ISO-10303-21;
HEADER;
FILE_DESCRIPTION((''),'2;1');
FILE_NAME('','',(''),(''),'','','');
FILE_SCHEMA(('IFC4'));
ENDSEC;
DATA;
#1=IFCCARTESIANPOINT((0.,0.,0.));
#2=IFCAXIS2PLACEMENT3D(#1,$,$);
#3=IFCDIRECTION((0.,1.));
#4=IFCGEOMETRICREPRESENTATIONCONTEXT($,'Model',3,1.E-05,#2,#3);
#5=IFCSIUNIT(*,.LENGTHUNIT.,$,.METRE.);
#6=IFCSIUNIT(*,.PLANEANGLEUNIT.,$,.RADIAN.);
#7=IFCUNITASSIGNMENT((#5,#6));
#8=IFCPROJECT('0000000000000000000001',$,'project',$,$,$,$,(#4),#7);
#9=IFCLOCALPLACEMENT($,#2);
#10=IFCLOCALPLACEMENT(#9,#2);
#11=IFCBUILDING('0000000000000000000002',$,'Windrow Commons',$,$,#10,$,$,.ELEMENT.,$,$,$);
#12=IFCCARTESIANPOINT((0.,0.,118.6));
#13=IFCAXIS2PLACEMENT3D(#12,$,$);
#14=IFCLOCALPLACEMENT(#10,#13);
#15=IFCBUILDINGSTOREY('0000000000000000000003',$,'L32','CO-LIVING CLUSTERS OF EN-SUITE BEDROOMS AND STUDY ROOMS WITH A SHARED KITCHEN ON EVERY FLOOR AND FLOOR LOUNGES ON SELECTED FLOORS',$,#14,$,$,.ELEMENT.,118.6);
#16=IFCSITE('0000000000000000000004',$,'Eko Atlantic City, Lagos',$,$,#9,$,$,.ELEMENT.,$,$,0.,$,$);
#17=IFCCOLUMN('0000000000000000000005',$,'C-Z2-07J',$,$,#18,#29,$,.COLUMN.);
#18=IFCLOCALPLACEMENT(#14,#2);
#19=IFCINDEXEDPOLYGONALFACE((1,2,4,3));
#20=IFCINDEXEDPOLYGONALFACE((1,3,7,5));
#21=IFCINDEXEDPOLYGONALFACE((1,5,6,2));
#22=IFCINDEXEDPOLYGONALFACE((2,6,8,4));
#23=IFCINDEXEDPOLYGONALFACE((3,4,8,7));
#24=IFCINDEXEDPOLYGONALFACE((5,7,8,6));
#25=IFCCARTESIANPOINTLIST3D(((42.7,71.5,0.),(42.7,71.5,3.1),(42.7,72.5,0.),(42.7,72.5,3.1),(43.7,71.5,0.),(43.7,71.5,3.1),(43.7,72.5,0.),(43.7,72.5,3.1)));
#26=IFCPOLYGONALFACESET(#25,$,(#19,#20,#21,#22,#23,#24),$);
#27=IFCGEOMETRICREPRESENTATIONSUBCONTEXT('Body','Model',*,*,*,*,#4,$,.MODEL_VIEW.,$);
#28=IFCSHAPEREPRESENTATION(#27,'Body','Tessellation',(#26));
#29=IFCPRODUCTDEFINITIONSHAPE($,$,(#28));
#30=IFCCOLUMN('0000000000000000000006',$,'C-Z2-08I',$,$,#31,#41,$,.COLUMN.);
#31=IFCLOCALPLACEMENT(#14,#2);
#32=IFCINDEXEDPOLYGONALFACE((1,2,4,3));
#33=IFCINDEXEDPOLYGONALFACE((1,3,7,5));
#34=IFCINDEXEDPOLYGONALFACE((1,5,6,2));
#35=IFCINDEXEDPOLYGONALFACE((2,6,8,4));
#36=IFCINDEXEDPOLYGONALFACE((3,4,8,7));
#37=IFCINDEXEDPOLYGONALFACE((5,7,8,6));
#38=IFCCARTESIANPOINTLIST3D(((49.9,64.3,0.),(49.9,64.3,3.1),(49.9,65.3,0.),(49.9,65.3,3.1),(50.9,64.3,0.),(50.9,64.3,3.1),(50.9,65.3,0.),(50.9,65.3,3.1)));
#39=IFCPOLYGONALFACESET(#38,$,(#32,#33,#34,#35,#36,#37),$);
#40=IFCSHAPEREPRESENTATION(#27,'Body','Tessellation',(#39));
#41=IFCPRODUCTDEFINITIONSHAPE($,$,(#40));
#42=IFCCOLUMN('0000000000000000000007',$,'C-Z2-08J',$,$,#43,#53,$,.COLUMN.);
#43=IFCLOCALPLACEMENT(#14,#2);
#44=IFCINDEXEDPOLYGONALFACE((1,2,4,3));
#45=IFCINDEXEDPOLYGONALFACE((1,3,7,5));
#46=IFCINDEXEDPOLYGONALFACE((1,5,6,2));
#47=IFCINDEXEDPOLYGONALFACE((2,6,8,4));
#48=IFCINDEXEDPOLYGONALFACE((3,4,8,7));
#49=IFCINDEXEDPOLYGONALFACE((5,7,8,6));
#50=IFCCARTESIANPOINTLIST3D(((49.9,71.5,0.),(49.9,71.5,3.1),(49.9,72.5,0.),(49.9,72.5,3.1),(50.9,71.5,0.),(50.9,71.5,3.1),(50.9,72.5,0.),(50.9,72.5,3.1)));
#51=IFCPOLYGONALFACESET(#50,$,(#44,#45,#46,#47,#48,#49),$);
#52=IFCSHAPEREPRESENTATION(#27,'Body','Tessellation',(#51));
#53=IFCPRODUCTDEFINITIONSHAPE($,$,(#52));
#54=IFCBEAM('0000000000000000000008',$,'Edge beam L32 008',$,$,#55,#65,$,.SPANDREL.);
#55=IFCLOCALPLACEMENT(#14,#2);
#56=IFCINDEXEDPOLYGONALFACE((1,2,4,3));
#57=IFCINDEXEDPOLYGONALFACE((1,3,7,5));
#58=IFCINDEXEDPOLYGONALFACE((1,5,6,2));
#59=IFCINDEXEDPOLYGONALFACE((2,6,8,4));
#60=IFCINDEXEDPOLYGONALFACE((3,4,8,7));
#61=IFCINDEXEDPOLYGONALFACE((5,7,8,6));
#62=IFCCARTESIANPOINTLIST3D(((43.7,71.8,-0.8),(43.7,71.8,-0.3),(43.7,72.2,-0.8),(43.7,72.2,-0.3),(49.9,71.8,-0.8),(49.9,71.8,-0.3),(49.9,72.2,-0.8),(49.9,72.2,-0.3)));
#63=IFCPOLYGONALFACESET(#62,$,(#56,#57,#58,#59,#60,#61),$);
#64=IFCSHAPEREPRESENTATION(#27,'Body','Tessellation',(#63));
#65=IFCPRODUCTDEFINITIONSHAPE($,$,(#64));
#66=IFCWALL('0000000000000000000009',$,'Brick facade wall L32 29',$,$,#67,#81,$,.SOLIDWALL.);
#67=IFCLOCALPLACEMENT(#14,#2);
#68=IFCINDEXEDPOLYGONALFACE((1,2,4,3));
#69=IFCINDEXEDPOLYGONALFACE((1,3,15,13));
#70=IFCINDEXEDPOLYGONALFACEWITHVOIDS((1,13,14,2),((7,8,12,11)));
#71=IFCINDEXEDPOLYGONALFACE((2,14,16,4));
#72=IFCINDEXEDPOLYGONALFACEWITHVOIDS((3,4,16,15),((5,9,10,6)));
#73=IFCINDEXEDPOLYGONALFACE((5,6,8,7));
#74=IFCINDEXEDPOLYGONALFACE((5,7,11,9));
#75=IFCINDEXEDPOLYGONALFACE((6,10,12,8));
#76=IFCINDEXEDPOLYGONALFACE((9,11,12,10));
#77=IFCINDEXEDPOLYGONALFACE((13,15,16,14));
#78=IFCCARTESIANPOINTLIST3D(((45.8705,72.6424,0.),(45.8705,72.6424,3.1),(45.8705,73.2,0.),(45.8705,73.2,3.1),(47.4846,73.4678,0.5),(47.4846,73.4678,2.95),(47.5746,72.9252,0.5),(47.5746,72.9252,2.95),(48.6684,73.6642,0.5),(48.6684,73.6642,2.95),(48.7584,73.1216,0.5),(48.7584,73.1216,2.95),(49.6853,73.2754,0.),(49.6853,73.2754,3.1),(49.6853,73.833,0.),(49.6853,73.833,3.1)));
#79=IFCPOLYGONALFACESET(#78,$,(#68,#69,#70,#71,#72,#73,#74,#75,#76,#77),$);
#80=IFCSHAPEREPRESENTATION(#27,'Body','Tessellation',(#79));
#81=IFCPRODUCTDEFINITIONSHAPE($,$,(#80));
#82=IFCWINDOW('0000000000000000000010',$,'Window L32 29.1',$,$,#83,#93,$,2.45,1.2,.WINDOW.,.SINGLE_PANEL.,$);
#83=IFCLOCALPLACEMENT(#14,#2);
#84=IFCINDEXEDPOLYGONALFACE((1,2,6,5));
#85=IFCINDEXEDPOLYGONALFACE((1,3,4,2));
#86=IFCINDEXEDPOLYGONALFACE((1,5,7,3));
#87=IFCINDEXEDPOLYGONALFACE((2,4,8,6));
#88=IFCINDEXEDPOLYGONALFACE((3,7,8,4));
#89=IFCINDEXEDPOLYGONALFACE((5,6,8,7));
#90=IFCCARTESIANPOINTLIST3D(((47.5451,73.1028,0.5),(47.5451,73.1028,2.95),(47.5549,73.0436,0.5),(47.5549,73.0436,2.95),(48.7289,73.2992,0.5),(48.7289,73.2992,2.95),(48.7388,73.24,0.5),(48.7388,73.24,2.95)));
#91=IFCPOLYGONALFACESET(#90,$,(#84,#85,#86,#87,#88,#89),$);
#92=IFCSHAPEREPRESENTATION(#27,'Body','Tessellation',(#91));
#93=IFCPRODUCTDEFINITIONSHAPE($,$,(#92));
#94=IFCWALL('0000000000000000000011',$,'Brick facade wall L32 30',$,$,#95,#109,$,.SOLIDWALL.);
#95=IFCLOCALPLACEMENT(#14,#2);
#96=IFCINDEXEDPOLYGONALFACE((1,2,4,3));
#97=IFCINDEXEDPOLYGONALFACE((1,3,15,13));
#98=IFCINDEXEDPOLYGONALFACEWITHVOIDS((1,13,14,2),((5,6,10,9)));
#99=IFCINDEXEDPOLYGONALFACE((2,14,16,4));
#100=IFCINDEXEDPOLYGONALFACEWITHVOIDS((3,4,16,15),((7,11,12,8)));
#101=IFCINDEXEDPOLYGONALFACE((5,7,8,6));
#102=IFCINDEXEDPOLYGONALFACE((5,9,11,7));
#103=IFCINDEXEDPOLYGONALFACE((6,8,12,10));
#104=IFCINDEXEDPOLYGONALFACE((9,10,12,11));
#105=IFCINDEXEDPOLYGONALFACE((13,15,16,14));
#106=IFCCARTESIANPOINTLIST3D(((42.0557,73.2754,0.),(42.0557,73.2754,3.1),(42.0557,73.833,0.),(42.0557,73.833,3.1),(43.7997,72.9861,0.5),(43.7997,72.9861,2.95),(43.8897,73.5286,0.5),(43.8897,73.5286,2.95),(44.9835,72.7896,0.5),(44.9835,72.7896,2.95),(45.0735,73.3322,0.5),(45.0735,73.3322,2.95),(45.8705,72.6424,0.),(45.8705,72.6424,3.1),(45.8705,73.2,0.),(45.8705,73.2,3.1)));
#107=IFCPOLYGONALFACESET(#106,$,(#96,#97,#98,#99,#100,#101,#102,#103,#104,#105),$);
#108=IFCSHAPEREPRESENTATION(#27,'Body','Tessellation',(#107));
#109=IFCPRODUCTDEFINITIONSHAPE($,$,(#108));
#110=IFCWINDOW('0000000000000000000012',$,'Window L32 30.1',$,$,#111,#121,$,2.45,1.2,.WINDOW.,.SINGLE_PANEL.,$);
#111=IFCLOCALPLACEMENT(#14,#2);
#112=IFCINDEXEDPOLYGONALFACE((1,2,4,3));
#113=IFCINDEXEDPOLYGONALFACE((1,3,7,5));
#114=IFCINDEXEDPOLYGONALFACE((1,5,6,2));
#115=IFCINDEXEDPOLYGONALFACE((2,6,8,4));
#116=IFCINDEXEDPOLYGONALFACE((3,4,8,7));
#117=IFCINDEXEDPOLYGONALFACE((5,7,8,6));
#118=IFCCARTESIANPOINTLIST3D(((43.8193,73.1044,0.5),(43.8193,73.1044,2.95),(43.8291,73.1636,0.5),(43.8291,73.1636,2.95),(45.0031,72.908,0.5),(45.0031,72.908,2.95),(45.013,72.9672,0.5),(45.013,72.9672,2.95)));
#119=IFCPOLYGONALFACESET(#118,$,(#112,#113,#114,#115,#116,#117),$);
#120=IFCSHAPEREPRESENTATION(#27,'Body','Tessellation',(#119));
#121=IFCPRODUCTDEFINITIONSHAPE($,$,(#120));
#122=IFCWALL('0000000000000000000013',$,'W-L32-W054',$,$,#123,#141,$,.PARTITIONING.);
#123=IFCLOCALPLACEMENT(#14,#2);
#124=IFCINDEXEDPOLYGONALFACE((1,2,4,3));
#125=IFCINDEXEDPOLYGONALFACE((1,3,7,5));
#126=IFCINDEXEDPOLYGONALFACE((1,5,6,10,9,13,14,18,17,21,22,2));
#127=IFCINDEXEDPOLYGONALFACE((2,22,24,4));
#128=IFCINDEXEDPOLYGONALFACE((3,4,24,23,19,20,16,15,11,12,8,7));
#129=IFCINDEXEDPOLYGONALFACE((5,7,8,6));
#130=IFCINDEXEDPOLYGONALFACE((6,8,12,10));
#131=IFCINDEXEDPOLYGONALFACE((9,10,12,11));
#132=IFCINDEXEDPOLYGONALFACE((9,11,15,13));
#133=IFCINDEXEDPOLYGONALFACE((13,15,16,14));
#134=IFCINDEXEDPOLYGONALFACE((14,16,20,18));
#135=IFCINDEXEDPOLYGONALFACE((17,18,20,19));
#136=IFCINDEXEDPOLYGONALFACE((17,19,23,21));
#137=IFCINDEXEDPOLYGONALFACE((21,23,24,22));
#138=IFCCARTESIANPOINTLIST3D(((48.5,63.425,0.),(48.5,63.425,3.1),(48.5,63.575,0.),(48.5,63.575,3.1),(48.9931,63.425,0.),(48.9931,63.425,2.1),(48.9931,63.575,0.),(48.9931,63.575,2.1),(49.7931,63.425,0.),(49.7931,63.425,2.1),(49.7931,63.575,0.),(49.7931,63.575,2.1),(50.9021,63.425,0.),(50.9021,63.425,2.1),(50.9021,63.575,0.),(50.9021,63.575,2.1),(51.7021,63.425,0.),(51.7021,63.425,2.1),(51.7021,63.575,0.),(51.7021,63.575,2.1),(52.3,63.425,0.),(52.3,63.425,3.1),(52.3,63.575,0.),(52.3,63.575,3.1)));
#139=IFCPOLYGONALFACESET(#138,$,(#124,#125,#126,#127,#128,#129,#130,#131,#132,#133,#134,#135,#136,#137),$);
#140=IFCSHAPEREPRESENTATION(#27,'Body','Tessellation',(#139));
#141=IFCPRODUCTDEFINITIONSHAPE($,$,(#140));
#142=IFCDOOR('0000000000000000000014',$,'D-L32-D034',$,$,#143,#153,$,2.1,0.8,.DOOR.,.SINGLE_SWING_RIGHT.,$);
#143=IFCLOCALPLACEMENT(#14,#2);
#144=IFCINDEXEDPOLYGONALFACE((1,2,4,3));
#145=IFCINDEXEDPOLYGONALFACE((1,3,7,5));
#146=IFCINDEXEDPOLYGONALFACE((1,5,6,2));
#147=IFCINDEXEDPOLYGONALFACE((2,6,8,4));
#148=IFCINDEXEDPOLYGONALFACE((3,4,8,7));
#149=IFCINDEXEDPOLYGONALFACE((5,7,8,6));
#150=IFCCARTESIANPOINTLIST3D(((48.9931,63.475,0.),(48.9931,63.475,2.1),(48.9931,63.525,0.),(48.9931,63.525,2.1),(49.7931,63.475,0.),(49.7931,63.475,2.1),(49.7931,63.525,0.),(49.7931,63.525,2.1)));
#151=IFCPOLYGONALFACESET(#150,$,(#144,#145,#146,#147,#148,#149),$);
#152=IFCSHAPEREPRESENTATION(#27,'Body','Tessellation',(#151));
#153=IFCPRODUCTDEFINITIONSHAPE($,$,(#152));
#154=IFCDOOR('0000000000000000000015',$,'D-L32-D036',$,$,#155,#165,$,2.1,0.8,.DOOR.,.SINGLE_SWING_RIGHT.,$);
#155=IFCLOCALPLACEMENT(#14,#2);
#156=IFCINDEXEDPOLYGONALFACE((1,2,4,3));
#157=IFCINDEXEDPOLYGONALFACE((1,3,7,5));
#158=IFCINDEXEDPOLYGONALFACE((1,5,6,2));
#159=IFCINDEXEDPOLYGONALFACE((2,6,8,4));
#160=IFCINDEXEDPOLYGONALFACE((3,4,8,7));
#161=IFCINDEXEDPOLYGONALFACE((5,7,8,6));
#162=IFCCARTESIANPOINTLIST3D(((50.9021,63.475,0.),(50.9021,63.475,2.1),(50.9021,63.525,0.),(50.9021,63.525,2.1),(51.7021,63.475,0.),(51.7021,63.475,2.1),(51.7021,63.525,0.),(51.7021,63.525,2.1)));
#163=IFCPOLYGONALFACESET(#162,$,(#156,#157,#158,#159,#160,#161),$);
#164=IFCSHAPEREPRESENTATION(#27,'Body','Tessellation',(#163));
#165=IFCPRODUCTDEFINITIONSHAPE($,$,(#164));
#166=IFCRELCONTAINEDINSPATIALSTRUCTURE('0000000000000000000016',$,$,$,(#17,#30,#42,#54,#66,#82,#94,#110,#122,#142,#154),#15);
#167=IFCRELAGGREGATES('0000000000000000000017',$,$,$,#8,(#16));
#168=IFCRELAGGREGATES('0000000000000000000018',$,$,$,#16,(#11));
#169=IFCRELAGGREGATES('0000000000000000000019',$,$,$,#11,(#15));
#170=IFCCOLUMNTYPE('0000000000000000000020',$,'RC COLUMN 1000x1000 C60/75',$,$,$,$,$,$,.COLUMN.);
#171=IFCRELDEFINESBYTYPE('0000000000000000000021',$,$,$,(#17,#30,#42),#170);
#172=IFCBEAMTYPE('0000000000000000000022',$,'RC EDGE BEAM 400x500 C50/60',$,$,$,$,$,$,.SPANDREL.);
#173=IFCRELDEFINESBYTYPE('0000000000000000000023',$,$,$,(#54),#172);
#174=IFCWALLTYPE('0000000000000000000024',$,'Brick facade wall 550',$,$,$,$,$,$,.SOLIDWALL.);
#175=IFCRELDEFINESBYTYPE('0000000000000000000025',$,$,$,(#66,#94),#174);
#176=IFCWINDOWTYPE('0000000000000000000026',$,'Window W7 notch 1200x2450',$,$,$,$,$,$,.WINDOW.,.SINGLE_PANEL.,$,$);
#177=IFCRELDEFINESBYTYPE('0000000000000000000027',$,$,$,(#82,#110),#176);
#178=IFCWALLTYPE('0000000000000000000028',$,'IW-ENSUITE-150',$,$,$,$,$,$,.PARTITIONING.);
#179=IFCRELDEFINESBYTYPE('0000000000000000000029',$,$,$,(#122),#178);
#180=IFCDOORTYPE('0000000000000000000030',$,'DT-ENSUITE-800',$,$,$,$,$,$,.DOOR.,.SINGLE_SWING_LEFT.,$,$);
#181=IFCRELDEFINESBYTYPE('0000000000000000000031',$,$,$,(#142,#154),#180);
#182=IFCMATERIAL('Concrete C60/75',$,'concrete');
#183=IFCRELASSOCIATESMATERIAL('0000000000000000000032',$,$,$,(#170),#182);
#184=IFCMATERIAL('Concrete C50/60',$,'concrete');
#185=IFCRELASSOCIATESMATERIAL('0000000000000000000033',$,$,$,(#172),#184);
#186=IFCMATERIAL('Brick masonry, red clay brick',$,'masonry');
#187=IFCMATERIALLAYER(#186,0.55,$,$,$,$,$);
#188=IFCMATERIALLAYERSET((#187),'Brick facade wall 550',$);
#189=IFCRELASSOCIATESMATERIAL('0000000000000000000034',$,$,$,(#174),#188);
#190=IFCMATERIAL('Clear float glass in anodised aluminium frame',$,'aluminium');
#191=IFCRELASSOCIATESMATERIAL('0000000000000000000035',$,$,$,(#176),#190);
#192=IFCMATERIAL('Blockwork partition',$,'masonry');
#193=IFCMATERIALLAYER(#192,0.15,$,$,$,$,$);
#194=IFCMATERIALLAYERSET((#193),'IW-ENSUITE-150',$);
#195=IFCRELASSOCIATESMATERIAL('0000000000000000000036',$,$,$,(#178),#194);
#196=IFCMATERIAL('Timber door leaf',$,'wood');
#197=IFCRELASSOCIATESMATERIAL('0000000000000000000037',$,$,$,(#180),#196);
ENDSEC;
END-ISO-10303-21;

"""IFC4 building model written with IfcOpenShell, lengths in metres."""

from ifc_helpers import new_model, si_unit, direction, frame, frame_2d, origin, origin_2d, place, context, subcontext, project, spatial, polyline, rectangle, outline, extrude, material, layer, layer_set, material_profile, profile_set, type_object, element, fill, save


model = new_model("IFC4")

# Units and contexts
model_context = context("Model", 3, precision=1e-05, world=origin(), true_north=direction((0.0, 1.0)))
body_context = subcontext(model_context, "Body", "Model", "MODEL_VIEW")
ifc_project = project(units=[si_unit("LENGTHUNIT", "METRE"), si_unit("PLANEANGLEUNIT", "RADIAN")], contexts=[model_context])

# Site, building, storey
site_placement = place(None, origin())
site = spatial("IfcSite", under=ifc_project, at=site_placement, Name="Eko Atlantic City, Lagos", CompositionType="ELEMENT", RefElevation=0.0)
building_placement = place(site_placement, origin())
building = spatial("IfcBuilding", under=site, at=building_placement, Name="Windrow Commons", CompositionType="ELEMENT")
storey_placement = place(building_placement, frame((0.0, 0.0, 118.6)))
storey = spatial("IfcBuildingStorey", under=building, at=storey_placement, Name="L32", Description="CO-LIVING CLUSTERS OF EN-SUITE BEDROOMS AND STUDY ROOMS WITH A SHARED KITCHEN ON EVERY FLOOR AND FLOOR LOUNGES ON SELECTED FLOORS", CompositionType="ELEMENT", Elevation=118.6)

# Columns
ifc_material_1 = material(Name="Concrete C60/75", Category="concrete")
ifc_material_profile_1 = material_profile(ifc_material_1, rectangle(XDim=1.0, YDim=1.0, at=origin_2d()))
ifc_profile_set_1 = profile_set([ifc_material_profile_1], Name="Concrete C60/75")
column_type = type_object("IfcColumnType", Name="RC COLUMN 1000x1000 C60/75", PredefinedType="COLUMN", material=ifc_profile_set_1)
for number, where, z_axis, x_axis, name in (
    (1, (43.2, 72.0, 0.0), (0.0, 0.0, 1.0), (1.0, 0.0, 0.0), "C-Z2-07J"),
    (2, (50.4, 64.8, 0.0), (0.0, 0.0, 1.0), (1.0, 0.0, 0.0), "C-Z2-08I"),
    (3, (50.4, 72.0, 0.0), (0.0, 0.0, 1.0), (1.0, 0.0, 0.0), "C-Z2-08J"),
):
    element("IfcColumn", number, at=place(storey_placement, frame(where, z_axis=z_axis, x_axis=x_axis)), inside=storey, type_object=column_type, Name=name, PredefinedType="COLUMN", context=body_context, shape_type="SweptSolid", body=[
        extrude(rectangle(XDim=1.0, YDim=1.0, at=origin_2d()), origin(), (0.0, 0.0, 1.0), 3.1),
    ])

# Beam
ifc_material_2 = material(Name="Concrete C50/60", Category="concrete")
ifc_material_profile_2 = material_profile(ifc_material_2, rectangle(XDim=0.4, YDim=0.5, at=origin_2d()))
ifc_profile_set_2 = profile_set([ifc_material_profile_2], Name="Concrete C50/60")
beam_type = type_object("IfcBeamType", Name="RC EDGE BEAM 400x500 C50/60", PredefinedType="SPANDREL", material=ifc_profile_set_2)
beam_placement = place(storey_placement, frame((43.7, 72.0, -0.55), z_axis=(1.0, 0.0, 0.0), x_axis=(0.0, 1.0, 0.0)))
element("IfcBeam", 4, at=beam_placement, inside=storey, type_object=beam_type, Name="Edge beam L32 008", PredefinedType="SPANDREL", context=body_context, shape_type="SweptSolid", body=[
    extrude(rectangle(XDim=0.4, YDim=0.5, at=origin_2d()), origin(), (0.0, 0.0, 1.0), 6.2),
])

# Walls, openings, windows
ifc_material_3 = material(Name="Brick masonry, red clay brick", Category="masonry")
ifc_layer_1 = layer(ifc_material_3, 0.55)
ifc_layer_set_1 = layer_set([ifc_layer_1], Name="Brick facade wall 550")
wall_type_1 = type_object("IfcWallType", Name="Brick facade wall 550", PredefinedType="SOLIDWALL", material=ifc_layer_set_1)
wall_1_placement = place(storey_placement, frame((49.6853, 73.5542, 0.0), z_axis=(0.0, 0.0, 1.0), x_axis=(-0.986511, -0.163694, 0.0)))
wall_1 = element("IfcWall", 5, at=wall_1_placement, inside=storey, type_object=wall_type_1, Name="Brick facade wall L32 29", PredefinedType="SOLIDWALL", context=body_context, shape_type="SweptSolid", body=[
    extrude(outline(polyline([(-0.0456, -0.275), (3.8213, -0.275), (3.9126, 0.275), (0.0456, 0.275), (-0.0456, -0.275)])), origin(), (0.0, 0.0, 1.0), 3.1),
])
opening_1_placement = place(wall_1_placement, frame((0.9852, 0.0, 0.5)))
opening_1 = element("IfcOpeningElement", 6, at=opening_1_placement, cuts=wall_1, PredefinedType="OPENING", context=body_context, shape_type="SweptSolid", body=[
    extrude(rectangle(XDim=1.2, YDim=2.45, at=frame_2d((0.6, 1.225))), frame((0.0, 0.285, 0.0), z_axis=(0.0, -1.0, 0.0), x_axis=(1.0, 0.0, 0.0)), (0.0, 0.0, 1.0), 0.57),
])
ifc_material_4 = material(Name="Clear float glass in anodised aluminium frame", Category="aluminium")
window_type = type_object("IfcWindowType", Name="Window W7 notch 1200x2450", PartitioningType="SINGLE_PANEL", PredefinedType="WINDOW", material=ifc_material_4)
window_1_placement = place(opening_1_placement, origin())
window_1 = element("IfcWindow", 7, at=window_1_placement, inside=storey, type_object=window_type, Name="Window L32 29.1", OverallHeight=2.45, OverallWidth=1.2, PartitioningType="SINGLE_PANEL", PredefinedType="WINDOW", context=body_context, shape_type="SweptSolid", body=[
    extrude(rectangle(XDim=1.2, YDim=2.45, at=frame_2d((0.6, 1.225))), frame((0.0, 0.155, 0.0), z_axis=(0.0, -1.0, 0.0), x_axis=(1.0, 0.0, 0.0)), (0.0, 0.0, 1.0), 0.06),
])
fill(opening_1, window_1)
wall_2_placement = place(storey_placement, frame((45.8705, 72.9212, 0.0), z_axis=(0.0, 0.0, 1.0), x_axis=(-0.986511, 0.163694, 0.0)))
wall_2 = element("IfcWall", 8, at=wall_2_placement, inside=storey, type_object=wall_type_1, Name="Brick facade wall L32 30", PredefinedType="SOLIDWALL", context=body_context, shape_type="SweptSolid", body=[
    extrude(outline(polyline([(0.0456, -0.275), (3.9126, -0.275), (3.8213, 0.275), (-0.0456, 0.275), (0.0456, -0.275)])), origin(), (0.0, 0.0, 1.0), 3.1),
])
opening_2_placement = place(wall_2_placement, frame((0.8535, 0.0, 0.5)))
opening_2 = element("IfcOpeningElement", 9, at=opening_2_placement, cuts=wall_2, PredefinedType="OPENING", context=body_context, shape_type="SweptSolid", body=[
    extrude(rectangle(XDim=1.2, YDim=2.45, at=frame_2d((0.6, 1.225))), frame((0.0, 0.285, 0.0), z_axis=(0.0, -1.0, 0.0), x_axis=(1.0, 0.0, 0.0)), (0.0, 0.0, 1.0), 0.57),
])
window_2_placement = place(opening_2_placement, origin())
window_2 = element("IfcWindow", 10, at=window_2_placement, inside=storey, type_object=window_type, Name="Window L32 30.1", OverallHeight=2.45, OverallWidth=1.2, PartitioningType="SINGLE_PANEL", PredefinedType="WINDOW", context=body_context, shape_type="SweptSolid", body=[
    extrude(rectangle(XDim=1.2, YDim=2.45, at=frame_2d((0.6, 1.225))), frame((0.0, 0.155, 0.0), z_axis=(0.0, -1.0, 0.0), x_axis=(1.0, 0.0, 0.0)), (0.0, 0.0, 1.0), 0.06),
])
fill(opening_2, window_2)

# Wall, openings, doors
ifc_material_5 = material(Name="Blockwork partition", Category="masonry")
ifc_layer_2 = layer(ifc_material_5, 0.15)
ifc_layer_set_2 = layer_set([ifc_layer_2], Name="IW-ENSUITE-150")
wall_type_2 = type_object("IfcWallType", Name="IW-ENSUITE-150", PredefinedType="PARTITIONING", material=ifc_layer_set_2)
wall_3_placement = place(storey_placement, frame((48.5, 63.5, 0.0), z_axis=(0.0, 0.0, 1.0), x_axis=(1.0, 0.0, 0.0)))
wall_3 = element("IfcWall", 11, at=wall_3_placement, inside=storey, type_object=wall_type_2, Name="W-L32-W054", PredefinedType="PARTITIONING", context=body_context, shape_type="SweptSolid", body=[
    extrude(rectangle(XDim=3.8, YDim=0.15, at=frame_2d((1.9, 0.0))), origin(), (0.0, 0.0, 1.0), 3.1),
])
opening_3_placement = place(wall_3_placement, frame((0.4931, 0.0, 0.0)))
opening_3 = element("IfcOpeningElement", 12, at=opening_3_placement, cuts=wall_3, PredefinedType="OPENING", context=body_context, shape_type="SweptSolid", body=[
    extrude(rectangle(XDim=0.8, YDim=2.1, at=frame_2d((0.4, 1.05))), frame((0.0, 0.085, 0.0), z_axis=(0.0, -1.0, 0.0), x_axis=(1.0, 0.0, 0.0)), (0.0, 0.0, 1.0), 0.17),
])
opening_4_placement = place(wall_3_placement, frame((2.4021, 0.0, 0.0)))
opening_4 = element("IfcOpeningElement", 13, at=opening_4_placement, cuts=wall_3, PredefinedType="OPENING", context=body_context, shape_type="SweptSolid", body=[
    extrude(rectangle(XDim=0.8, YDim=2.1, at=frame_2d((0.4, 1.05))), frame((0.0, 0.085, 0.0), z_axis=(0.0, -1.0, 0.0), x_axis=(1.0, 0.0, 0.0)), (0.0, 0.0, 1.0), 0.17),
])
ifc_material_6 = material(Name="Timber door leaf", Category="wood")
door_type = type_object("IfcDoorType", Name="DT-ENSUITE-800", OperationType="SINGLE_SWING_LEFT", PredefinedType="DOOR", material=ifc_material_6)
door_1_placement = place(opening_3_placement, origin())
door_1 = element("IfcDoor", 14, at=door_1_placement, inside=storey, type_object=door_type, Name="D-L32-D034", OperationType="SINGLE_SWING_RIGHT", OverallHeight=2.1, OverallWidth=0.8, PredefinedType="DOOR", context=body_context, shape_type="SweptSolid", body=[
    extrude(rectangle(XDim=0.8, YDim=2.1, at=frame_2d((0.4, 1.05))), frame((0.0, 0.025, 0.0), z_axis=(0.0, -1.0, 0.0), x_axis=(1.0, 0.0, 0.0)), (0.0, 0.0, 1.0), 0.05),
])
fill(opening_3, door_1)
door_2_placement = place(opening_4_placement, origin())
door_2 = element("IfcDoor", 15, at=door_2_placement, inside=storey, type_object=door_type, Name="D-L32-D036", OperationType="SINGLE_SWING_RIGHT", OverallHeight=2.1, OverallWidth=0.8, PredefinedType="DOOR", context=body_context, shape_type="SweptSolid", body=[
    extrude(rectangle(XDim=0.8, YDim=2.1, at=frame_2d((0.4, 1.05))), frame((0.0, 0.025, 0.0), z_axis=(0.0, -1.0, 0.0), x_axis=(1.0, 0.0, 0.0)), (0.0, 0.0, 1.0), 0.05),
])
fill(opening_4, door_2)

save(model, "model.ifc")
